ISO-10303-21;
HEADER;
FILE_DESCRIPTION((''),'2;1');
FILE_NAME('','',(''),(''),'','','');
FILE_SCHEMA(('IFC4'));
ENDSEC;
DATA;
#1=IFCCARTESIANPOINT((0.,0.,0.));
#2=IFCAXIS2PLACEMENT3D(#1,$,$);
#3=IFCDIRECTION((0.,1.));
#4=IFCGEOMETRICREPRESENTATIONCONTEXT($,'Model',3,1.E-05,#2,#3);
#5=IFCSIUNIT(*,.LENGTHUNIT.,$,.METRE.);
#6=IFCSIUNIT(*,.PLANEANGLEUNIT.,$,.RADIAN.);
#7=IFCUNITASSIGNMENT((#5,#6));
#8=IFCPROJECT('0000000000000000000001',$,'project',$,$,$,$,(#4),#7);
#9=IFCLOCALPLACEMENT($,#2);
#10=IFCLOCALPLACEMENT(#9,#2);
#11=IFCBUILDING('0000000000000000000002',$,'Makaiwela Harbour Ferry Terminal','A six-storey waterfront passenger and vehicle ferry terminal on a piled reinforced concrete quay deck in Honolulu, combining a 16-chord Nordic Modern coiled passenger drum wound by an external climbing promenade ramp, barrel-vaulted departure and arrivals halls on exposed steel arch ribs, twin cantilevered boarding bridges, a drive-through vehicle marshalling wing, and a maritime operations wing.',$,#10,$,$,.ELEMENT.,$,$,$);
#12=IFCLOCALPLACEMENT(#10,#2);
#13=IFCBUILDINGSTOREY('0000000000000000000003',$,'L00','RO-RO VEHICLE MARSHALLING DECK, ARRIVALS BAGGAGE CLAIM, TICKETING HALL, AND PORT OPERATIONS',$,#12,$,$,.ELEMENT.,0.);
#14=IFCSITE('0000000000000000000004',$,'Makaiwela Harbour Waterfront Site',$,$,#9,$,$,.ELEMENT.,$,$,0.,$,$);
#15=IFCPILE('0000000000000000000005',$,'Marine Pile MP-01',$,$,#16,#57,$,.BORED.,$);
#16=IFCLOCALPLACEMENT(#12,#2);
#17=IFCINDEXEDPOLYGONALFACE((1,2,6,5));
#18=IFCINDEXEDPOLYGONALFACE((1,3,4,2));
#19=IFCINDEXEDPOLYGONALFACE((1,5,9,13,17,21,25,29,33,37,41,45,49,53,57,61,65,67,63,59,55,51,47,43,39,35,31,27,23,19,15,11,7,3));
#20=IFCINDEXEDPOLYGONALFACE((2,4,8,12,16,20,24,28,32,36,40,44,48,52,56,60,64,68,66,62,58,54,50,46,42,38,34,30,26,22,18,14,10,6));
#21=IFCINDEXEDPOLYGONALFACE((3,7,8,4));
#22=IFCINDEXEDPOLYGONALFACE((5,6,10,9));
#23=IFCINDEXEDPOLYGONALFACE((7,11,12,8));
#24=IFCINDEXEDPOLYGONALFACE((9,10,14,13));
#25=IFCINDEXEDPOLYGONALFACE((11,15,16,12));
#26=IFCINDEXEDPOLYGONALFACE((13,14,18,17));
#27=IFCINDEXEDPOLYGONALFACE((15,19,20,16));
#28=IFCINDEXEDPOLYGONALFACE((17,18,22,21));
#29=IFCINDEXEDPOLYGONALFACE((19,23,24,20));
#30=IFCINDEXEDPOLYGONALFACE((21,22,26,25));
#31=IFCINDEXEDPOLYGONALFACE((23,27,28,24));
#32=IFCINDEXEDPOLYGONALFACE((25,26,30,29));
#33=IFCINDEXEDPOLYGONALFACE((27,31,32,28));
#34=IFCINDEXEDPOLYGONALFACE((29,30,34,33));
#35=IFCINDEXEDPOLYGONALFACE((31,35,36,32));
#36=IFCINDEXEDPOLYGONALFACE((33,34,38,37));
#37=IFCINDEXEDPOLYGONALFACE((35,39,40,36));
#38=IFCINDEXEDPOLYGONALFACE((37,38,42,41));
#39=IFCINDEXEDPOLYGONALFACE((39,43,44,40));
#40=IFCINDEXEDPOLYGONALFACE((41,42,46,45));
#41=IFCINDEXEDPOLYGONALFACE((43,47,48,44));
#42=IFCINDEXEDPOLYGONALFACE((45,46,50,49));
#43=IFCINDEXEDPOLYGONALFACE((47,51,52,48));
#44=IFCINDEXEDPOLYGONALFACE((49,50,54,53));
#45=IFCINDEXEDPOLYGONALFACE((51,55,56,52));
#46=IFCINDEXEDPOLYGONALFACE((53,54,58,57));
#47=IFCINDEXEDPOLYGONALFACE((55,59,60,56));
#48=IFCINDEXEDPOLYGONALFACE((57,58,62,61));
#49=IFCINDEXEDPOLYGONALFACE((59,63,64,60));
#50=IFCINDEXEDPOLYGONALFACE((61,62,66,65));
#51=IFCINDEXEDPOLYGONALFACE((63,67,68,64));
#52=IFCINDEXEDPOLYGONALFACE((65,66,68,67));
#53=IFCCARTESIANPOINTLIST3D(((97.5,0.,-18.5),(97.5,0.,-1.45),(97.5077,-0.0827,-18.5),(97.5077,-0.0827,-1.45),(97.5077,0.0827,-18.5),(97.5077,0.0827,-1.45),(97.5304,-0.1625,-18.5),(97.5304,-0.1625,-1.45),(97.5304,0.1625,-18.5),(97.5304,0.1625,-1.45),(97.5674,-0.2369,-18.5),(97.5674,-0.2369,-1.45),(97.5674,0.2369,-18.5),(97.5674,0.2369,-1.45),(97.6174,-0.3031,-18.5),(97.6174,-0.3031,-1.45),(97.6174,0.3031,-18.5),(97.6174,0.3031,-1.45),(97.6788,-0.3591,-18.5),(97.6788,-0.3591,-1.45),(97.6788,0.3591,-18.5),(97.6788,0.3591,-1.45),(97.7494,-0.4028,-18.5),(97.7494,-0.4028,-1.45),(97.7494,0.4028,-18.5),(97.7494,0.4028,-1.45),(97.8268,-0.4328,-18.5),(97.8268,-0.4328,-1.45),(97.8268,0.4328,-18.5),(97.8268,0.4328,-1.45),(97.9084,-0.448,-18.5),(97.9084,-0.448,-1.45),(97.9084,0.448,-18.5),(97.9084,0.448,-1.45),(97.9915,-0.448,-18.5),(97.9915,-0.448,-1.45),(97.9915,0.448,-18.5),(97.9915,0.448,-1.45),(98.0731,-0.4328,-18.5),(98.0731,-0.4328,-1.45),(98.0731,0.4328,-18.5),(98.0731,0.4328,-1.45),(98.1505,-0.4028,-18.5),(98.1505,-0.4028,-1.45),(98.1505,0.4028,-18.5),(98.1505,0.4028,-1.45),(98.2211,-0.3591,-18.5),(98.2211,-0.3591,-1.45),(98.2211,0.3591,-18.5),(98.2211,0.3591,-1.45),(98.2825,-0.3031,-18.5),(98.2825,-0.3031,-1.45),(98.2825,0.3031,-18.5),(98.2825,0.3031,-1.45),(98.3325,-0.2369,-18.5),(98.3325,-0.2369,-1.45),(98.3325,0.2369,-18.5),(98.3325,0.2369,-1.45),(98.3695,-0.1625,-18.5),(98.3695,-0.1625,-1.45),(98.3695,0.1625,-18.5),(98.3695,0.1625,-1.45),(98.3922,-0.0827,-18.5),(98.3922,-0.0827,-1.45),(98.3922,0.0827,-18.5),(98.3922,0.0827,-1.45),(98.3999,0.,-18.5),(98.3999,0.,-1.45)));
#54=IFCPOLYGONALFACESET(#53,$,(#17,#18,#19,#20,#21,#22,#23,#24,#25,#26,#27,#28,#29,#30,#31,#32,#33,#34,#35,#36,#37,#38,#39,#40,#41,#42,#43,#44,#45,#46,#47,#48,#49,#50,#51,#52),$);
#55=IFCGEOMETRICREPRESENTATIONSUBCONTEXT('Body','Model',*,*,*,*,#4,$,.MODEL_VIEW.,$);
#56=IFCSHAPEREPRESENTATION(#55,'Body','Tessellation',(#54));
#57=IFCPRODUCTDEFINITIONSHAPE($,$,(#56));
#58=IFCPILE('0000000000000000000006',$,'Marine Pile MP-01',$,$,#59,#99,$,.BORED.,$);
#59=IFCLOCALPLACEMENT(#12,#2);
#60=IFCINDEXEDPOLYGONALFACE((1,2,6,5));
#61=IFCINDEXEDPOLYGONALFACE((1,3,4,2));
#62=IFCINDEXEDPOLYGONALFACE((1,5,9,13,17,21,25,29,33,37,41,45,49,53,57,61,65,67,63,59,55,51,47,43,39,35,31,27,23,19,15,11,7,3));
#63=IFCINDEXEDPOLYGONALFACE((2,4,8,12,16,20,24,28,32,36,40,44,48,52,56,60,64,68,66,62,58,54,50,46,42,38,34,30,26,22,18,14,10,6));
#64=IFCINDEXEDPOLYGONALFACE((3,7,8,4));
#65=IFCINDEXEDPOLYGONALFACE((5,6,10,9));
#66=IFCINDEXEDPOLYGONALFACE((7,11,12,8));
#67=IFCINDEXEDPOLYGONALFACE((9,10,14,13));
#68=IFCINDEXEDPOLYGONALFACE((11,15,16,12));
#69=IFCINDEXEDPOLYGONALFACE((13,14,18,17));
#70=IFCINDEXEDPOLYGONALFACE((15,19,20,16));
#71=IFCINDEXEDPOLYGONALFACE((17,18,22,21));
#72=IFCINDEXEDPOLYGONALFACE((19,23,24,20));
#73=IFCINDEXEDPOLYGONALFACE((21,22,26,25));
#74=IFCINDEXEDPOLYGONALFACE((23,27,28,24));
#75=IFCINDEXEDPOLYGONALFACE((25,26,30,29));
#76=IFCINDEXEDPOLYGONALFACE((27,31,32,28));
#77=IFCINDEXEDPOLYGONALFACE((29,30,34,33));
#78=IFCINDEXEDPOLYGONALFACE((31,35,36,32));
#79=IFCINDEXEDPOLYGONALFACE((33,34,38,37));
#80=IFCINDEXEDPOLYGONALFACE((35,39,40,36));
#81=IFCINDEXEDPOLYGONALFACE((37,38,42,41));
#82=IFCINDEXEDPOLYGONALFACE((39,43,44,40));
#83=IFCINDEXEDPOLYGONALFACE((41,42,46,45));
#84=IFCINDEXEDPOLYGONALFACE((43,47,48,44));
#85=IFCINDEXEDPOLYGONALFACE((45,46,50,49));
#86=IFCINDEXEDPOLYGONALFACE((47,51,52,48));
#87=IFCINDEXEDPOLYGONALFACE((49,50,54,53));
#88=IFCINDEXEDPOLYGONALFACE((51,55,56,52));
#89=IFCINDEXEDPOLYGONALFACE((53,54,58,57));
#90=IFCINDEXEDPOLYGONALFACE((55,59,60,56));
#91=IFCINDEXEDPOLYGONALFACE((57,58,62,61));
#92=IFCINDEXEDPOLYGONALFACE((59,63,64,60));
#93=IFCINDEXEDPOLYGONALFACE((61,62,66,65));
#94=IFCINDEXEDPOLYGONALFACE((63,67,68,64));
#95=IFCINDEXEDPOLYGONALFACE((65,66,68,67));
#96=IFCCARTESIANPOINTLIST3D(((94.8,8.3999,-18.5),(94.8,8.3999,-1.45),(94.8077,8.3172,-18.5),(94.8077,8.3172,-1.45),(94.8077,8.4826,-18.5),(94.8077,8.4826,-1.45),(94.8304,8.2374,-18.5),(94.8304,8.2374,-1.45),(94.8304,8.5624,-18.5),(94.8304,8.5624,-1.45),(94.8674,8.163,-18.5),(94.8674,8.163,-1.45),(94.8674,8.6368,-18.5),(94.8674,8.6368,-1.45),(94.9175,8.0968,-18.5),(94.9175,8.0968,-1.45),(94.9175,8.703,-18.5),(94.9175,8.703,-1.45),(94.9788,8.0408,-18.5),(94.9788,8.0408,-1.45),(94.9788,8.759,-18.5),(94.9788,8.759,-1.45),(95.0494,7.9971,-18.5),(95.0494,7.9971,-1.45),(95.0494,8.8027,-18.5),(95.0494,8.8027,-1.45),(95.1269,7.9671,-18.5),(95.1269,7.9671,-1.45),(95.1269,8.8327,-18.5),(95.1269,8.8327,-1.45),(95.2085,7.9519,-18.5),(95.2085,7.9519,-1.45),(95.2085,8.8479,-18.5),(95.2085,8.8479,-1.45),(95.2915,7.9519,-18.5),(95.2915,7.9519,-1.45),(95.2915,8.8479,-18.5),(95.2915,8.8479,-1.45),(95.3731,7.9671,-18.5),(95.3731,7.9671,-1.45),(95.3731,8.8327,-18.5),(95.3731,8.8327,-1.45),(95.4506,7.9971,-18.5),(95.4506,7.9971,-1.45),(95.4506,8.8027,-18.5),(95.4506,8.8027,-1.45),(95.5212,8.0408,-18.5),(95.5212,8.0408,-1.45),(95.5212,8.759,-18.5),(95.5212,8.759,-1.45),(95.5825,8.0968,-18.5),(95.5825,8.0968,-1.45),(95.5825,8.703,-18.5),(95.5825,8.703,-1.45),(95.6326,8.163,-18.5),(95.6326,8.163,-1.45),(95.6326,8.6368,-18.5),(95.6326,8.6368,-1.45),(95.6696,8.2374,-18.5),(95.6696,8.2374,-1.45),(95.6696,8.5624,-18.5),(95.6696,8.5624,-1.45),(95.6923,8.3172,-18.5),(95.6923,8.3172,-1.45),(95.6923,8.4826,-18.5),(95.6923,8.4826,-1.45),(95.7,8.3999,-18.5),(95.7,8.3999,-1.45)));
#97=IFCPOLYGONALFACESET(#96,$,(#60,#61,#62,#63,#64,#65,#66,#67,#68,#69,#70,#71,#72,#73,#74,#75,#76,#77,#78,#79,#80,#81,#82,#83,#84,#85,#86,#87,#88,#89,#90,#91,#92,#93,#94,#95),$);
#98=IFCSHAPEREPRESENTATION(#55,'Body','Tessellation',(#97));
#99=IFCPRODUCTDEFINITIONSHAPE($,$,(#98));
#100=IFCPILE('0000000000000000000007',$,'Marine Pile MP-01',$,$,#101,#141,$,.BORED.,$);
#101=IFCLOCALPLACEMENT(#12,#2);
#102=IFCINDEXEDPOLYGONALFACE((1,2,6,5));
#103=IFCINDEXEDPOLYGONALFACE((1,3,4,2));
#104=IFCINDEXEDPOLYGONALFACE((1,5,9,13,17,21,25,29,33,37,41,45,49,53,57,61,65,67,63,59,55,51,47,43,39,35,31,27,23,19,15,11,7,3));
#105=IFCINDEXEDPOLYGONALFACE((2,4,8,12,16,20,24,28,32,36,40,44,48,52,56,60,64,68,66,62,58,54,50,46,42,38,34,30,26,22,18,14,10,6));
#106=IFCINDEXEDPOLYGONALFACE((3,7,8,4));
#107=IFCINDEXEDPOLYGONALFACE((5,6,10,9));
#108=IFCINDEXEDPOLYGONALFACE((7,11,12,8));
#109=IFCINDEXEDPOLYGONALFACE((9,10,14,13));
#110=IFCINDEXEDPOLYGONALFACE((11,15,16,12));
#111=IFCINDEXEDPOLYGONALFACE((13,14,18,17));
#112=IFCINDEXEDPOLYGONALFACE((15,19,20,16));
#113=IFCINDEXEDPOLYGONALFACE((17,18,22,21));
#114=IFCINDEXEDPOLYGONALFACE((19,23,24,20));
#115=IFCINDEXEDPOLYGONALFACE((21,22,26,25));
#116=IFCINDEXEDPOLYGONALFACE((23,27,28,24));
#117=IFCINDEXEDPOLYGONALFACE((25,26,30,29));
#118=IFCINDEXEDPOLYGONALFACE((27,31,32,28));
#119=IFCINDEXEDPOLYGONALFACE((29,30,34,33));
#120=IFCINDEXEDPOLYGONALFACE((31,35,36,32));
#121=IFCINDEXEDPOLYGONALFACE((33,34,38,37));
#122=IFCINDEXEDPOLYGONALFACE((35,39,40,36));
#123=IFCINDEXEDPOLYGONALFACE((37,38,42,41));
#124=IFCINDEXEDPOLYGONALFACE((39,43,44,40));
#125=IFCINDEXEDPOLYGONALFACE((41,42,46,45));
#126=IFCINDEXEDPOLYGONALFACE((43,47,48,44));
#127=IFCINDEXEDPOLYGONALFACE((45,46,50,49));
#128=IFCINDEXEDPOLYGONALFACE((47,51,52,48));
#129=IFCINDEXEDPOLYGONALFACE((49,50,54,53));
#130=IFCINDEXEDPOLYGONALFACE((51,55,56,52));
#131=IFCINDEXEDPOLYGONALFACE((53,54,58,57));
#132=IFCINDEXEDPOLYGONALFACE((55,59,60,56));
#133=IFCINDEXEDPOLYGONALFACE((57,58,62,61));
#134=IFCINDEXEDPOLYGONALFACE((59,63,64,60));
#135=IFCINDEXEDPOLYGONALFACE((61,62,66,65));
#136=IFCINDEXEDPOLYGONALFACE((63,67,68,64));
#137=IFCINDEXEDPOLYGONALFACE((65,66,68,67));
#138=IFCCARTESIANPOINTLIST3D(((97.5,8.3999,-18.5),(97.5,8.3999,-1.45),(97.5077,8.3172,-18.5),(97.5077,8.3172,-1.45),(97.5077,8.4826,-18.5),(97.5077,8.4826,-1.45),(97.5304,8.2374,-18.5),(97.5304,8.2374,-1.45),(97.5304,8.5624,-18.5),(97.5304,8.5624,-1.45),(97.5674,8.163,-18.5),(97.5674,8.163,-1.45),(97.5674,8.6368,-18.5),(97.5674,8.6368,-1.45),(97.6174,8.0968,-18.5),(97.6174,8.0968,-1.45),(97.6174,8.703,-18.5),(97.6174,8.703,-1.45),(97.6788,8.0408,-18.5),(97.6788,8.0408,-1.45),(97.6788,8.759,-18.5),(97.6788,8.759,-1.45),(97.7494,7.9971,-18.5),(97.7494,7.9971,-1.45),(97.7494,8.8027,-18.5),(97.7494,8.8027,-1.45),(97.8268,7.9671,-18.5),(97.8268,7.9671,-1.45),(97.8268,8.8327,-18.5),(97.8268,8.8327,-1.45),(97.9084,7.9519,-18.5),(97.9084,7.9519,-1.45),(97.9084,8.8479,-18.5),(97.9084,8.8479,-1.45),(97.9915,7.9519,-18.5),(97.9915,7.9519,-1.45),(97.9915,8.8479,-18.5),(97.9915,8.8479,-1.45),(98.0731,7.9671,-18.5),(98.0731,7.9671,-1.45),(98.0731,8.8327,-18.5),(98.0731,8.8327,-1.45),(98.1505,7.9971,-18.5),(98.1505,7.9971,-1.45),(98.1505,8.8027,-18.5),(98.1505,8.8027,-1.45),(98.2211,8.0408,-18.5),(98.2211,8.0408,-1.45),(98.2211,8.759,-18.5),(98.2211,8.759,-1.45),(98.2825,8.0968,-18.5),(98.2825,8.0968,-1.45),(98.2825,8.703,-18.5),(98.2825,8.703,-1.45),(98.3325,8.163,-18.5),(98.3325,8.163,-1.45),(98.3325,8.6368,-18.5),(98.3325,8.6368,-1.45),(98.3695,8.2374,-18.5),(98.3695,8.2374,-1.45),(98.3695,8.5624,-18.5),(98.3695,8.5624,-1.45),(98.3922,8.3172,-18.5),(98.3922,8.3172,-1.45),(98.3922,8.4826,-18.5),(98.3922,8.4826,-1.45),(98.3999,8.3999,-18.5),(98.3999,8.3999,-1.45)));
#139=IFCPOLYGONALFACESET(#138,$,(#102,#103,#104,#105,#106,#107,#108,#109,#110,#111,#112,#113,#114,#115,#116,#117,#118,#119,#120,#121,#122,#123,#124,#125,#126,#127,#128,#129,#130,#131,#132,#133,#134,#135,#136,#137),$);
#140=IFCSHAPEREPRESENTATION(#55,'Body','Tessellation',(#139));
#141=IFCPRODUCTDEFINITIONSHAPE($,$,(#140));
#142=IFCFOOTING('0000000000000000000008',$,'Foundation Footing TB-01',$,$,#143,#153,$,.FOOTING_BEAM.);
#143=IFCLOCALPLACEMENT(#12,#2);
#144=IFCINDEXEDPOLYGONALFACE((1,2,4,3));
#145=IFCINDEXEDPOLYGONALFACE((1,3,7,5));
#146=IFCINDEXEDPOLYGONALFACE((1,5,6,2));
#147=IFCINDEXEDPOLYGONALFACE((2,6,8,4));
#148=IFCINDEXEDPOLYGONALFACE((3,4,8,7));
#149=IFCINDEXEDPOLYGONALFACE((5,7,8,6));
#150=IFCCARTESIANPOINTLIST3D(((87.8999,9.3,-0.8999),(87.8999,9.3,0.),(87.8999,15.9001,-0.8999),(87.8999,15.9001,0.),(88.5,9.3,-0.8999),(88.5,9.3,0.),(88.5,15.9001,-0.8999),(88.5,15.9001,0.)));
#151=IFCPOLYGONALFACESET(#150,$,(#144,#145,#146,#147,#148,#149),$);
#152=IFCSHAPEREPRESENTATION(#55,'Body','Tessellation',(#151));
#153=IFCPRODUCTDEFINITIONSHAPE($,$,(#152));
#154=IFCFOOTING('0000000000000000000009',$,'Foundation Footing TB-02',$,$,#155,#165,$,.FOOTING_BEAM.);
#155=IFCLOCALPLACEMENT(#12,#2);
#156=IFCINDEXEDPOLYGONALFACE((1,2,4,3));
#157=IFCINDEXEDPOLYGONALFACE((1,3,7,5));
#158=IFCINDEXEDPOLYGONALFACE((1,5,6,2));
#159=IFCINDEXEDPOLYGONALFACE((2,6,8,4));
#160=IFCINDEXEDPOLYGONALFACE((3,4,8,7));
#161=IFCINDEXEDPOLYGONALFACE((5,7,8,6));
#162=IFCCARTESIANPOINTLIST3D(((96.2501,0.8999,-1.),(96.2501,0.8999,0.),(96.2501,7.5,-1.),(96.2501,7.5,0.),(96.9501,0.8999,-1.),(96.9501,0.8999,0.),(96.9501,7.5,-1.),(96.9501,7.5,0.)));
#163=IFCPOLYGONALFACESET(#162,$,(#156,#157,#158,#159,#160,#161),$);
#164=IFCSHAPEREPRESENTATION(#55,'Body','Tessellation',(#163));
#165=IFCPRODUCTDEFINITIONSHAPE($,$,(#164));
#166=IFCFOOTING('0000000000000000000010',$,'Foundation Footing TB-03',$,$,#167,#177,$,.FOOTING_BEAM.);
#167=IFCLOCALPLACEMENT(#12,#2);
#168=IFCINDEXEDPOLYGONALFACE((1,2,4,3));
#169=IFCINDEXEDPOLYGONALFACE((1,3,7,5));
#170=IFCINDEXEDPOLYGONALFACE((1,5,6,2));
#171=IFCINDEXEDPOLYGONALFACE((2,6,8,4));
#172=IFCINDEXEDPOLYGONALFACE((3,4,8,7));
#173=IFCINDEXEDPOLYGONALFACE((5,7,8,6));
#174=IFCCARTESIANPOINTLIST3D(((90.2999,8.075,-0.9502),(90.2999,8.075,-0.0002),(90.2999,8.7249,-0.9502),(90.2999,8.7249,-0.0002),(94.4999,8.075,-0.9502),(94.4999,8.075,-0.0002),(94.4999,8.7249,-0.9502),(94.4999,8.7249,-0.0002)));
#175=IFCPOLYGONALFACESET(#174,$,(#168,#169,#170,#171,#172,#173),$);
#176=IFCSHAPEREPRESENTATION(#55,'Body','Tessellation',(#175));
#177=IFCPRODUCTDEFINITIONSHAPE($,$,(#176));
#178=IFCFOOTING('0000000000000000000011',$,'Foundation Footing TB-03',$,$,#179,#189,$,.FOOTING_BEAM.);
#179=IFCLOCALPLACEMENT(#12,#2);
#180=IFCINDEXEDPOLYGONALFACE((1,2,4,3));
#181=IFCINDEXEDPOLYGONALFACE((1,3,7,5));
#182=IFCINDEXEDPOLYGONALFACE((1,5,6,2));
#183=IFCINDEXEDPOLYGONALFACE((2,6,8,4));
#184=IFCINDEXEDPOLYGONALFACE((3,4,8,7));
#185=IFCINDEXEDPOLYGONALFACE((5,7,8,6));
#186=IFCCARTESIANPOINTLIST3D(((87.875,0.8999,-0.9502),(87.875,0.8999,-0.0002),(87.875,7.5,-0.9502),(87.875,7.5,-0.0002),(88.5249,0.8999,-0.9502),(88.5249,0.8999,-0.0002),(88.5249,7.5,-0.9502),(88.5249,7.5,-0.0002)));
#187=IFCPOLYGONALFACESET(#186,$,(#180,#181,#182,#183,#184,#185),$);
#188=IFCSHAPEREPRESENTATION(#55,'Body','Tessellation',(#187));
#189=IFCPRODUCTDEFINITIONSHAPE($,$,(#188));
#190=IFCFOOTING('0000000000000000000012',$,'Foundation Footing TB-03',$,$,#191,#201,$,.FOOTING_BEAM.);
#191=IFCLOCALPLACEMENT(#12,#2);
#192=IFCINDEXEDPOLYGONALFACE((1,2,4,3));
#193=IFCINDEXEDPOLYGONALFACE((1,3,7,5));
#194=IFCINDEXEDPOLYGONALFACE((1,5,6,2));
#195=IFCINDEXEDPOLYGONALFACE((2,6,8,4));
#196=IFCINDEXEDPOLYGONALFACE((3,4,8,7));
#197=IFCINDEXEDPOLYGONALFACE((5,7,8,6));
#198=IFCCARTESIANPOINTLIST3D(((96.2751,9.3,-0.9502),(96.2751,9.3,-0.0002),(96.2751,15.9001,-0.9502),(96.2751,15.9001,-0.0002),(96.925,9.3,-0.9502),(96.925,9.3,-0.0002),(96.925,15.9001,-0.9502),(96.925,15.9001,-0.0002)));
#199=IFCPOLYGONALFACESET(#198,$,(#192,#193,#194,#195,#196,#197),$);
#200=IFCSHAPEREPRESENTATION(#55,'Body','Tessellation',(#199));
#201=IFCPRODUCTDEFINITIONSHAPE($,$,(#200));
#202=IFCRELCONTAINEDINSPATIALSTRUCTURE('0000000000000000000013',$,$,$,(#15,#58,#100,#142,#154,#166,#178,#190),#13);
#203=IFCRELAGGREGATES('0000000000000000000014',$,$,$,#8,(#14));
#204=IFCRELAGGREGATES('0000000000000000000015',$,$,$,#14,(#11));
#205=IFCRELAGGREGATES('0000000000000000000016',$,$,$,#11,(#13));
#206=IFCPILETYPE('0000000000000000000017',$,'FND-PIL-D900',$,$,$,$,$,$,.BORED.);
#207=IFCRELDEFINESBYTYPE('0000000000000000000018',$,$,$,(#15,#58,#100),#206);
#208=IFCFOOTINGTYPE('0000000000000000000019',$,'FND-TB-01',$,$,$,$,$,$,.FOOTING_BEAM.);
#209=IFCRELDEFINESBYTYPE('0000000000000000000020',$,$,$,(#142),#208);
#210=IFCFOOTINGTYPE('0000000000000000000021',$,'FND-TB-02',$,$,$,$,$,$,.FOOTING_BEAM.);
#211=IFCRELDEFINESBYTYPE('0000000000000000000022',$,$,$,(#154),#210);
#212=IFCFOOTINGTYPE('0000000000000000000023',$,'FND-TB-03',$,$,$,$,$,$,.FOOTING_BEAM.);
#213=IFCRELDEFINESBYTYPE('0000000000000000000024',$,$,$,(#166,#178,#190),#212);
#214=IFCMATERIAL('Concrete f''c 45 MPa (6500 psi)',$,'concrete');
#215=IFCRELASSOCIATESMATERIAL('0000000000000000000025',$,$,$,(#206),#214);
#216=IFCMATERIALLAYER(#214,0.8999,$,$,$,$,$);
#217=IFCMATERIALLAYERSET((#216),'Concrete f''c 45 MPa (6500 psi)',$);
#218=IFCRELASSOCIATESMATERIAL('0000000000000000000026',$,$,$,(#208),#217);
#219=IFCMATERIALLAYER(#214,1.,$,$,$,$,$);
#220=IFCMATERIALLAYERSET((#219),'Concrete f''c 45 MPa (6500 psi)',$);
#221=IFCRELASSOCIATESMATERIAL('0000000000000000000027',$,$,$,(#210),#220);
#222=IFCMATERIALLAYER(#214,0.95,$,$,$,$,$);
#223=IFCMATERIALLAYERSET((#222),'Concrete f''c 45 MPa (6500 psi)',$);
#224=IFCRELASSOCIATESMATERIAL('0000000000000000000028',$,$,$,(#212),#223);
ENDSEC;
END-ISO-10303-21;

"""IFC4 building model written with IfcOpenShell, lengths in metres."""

from ifc_helpers import new_model, si_unit, direction, frame, origin, origin_2d, place, context, subcontext, project, spatial, rectangle, circle, extrude, material, layer, layer_set, material_profile, profile_set, type_object, element, save


model = new_model("IFC4")

# Units and contexts
model_context = context("Model", 3, precision=1e-05, world=origin(), true_north=direction((0.0, 1.0)))
body_context = subcontext(model_context, "Body", "Model", "MODEL_VIEW")
ifc_project = project(units=[si_unit("LENGTHUNIT", "METRE"), si_unit("PLANEANGLEUNIT", "RADIAN")], contexts=[model_context])

# Site, building, storey
site_placement = place(None, origin())
site = spatial("IfcSite", under=ifc_project, at=site_placement, Name="Makaiwela Harbour Waterfront Site", CompositionType="ELEMENT", RefElevation=0.0)
building_placement = place(site_placement, origin())
building = spatial("IfcBuilding", under=site, at=building_placement, Name="Makaiwela Harbour Ferry Terminal", Description="A six-storey waterfront passenger and vehicle ferry terminal on a piled reinforced concrete quay deck in Honolulu, combining a 16-chord Nordic Modern coiled passenger drum wound by an external climbing promenade ramp, barrel-vaulted departure and arrivals halls on exposed steel arch ribs, twin cantilevered boarding bridges, a drive-through vehicle marshalling wing, and a maritime operations wing.", CompositionType="ELEMENT")
storey_placement = place(building_placement, origin())
storey = spatial("IfcBuildingStorey", under=building, at=storey_placement, Name="L00", Description="RO-RO VEHICLE MARSHALLING DECK, ARRIVALS BAGGAGE CLAIM, TICKETING HALL, AND PORT OPERATIONS", CompositionType="ELEMENT", Elevation=0.0)

# Shared definitions
ifc_material_1 = material(Name="Concrete f'c 45 MPa (6500 psi)", Category="concrete")

# Piles
ifc_material_profile_1 = material_profile(ifc_material_1, circle(Radius=0.45, at=origin_2d()), Name="PILE-D900")
ifc_profile_set_1 = profile_set([ifc_material_profile_1], Name="Concrete f'c 45 MPa (6500 psi)")
pile_type = type_object("IfcPileType", Name="FND-PIL-D900", PredefinedType="BORED", material=ifc_profile_set_1)
for number, where, z_axis, x_axis, name in (
    (1, (97.95, 0.0, -1.45), (0.0, 0.0, -1.0), (1.0, 0.0, 0.0), "Marine Pile MP-01"),
    (2, (95.25, 8.3999, -1.45), (0.0, 0.0, -1.0), (1.0, 0.0, 0.0), "Marine Pile MP-01"),
    (3, (97.95, 8.3999, -1.45), (0.0, 0.0, -1.0), (1.0, 0.0, 0.0), "Marine Pile MP-01"),
):
    element("IfcPile", number, at=place(storey_placement, frame(where, z_axis=z_axis, x_axis=x_axis)), inside=storey, type_object=pile_type, Name=name, PredefinedType="BORED", context=body_context, shape_type="SweptSolid", body=[
        extrude(circle(Radius=0.45, at=origin_2d()), origin(), (0.0, 0.0, 1.0), 17.05),
    ])

# Footings
ifc_layer_1 = layer(ifc_material_1, 0.8999)
ifc_layer_set_1 = layer_set([ifc_layer_1], Name="Concrete f'c 45 MPa (6500 psi)")
footing_type_1 = type_object("IfcFootingType", Name="FND-TB-01", PredefinedType="FOOTING_BEAM", material=ifc_layer_set_1)
footing_1_placement = place(storey_placement, frame((88.2, 12.6001, -0.8999), z_axis=(0.0, 0.0, 1.0), x_axis=(0.0, 1.0, 0.0)))
element("IfcFooting", 4, at=footing_1_placement, inside=storey, type_object=footing_type_1, Name="Foundation Footing TB-01", PredefinedType="FOOTING_BEAM", context=body_context, shape_type="SweptSolid", body=[
    extrude(rectangle(XDim=6.6001, YDim=0.6001, at=origin_2d()), origin(), (0.0, 0.0, 1.0), 0.8999),
])
ifc_layer_2 = layer(ifc_material_1, 1.0)
ifc_layer_set_2 = layer_set([ifc_layer_2], Name="Concrete f'c 45 MPa (6500 psi)")
footing_type_2 = type_object("IfcFootingType", Name="FND-TB-02", PredefinedType="FOOTING_BEAM", material=ifc_layer_set_2)
footing_2_placement = place(storey_placement, frame((96.6001, 4.2, -1.0), z_axis=(0.0, 0.0, 1.0), x_axis=(0.0, 1.0, 0.0)))
element("IfcFooting", 5, at=footing_2_placement, inside=storey, type_object=footing_type_2, Name="Foundation Footing TB-02", PredefinedType="FOOTING_BEAM", context=body_context, shape_type="SweptSolid", body=[
    extrude(rectangle(XDim=6.6001, YDim=0.7, at=origin_2d()), origin(), (0.0, 0.0, 1.0), 1.0),
])
ifc_layer_3 = layer(ifc_material_1, 0.95)
ifc_layer_set_3 = layer_set([ifc_layer_3], Name="Concrete f'c 45 MPa (6500 psi)")
footing_type_3 = type_object("IfcFootingType", Name="FND-TB-03", PredefinedType="FOOTING_BEAM", material=ifc_layer_set_3)
footing_3_placement = place(storey_placement, frame((92.3999, 8.3999, -0.9502), z_axis=(0.0, 0.0, 1.0), x_axis=(1.0, 0.0, 0.0)))
element("IfcFooting", 6, at=footing_3_placement, inside=storey, type_object=footing_type_3, Name="Foundation Footing TB-03", PredefinedType="FOOTING_BEAM", context=body_context, shape_type="SweptSolid", body=[
    extrude(rectangle(XDim=4.2, YDim=0.6499, at=origin_2d()), origin(), (0.0, 0.0, 1.0), 0.95),
])
for number, where, z_axis, x_axis, name in (
    (7, (88.2, 4.2, -0.9502), (0.0, 0.0, 1.0), (0.0, 1.0, 0.0), "Foundation Footing TB-03"),
    (8, (96.6001, 12.6001, -0.9502), (0.0, 0.0, 1.0), (0.0, 1.0, 0.0), "Foundation Footing TB-03"),
):
    element("IfcFooting", number, at=place(storey_placement, frame(where, z_axis=z_axis, x_axis=x_axis)), inside=storey, type_object=footing_type_3, Name=name, PredefinedType="FOOTING_BEAM", context=body_context, shape_type="SweptSolid", body=[
        extrude(rectangle(XDim=6.6001, YDim=0.6499, at=origin_2d()), origin(), (0.0, 0.0, 1.0), 0.95),
    ])

save(model, "model.ifc")
